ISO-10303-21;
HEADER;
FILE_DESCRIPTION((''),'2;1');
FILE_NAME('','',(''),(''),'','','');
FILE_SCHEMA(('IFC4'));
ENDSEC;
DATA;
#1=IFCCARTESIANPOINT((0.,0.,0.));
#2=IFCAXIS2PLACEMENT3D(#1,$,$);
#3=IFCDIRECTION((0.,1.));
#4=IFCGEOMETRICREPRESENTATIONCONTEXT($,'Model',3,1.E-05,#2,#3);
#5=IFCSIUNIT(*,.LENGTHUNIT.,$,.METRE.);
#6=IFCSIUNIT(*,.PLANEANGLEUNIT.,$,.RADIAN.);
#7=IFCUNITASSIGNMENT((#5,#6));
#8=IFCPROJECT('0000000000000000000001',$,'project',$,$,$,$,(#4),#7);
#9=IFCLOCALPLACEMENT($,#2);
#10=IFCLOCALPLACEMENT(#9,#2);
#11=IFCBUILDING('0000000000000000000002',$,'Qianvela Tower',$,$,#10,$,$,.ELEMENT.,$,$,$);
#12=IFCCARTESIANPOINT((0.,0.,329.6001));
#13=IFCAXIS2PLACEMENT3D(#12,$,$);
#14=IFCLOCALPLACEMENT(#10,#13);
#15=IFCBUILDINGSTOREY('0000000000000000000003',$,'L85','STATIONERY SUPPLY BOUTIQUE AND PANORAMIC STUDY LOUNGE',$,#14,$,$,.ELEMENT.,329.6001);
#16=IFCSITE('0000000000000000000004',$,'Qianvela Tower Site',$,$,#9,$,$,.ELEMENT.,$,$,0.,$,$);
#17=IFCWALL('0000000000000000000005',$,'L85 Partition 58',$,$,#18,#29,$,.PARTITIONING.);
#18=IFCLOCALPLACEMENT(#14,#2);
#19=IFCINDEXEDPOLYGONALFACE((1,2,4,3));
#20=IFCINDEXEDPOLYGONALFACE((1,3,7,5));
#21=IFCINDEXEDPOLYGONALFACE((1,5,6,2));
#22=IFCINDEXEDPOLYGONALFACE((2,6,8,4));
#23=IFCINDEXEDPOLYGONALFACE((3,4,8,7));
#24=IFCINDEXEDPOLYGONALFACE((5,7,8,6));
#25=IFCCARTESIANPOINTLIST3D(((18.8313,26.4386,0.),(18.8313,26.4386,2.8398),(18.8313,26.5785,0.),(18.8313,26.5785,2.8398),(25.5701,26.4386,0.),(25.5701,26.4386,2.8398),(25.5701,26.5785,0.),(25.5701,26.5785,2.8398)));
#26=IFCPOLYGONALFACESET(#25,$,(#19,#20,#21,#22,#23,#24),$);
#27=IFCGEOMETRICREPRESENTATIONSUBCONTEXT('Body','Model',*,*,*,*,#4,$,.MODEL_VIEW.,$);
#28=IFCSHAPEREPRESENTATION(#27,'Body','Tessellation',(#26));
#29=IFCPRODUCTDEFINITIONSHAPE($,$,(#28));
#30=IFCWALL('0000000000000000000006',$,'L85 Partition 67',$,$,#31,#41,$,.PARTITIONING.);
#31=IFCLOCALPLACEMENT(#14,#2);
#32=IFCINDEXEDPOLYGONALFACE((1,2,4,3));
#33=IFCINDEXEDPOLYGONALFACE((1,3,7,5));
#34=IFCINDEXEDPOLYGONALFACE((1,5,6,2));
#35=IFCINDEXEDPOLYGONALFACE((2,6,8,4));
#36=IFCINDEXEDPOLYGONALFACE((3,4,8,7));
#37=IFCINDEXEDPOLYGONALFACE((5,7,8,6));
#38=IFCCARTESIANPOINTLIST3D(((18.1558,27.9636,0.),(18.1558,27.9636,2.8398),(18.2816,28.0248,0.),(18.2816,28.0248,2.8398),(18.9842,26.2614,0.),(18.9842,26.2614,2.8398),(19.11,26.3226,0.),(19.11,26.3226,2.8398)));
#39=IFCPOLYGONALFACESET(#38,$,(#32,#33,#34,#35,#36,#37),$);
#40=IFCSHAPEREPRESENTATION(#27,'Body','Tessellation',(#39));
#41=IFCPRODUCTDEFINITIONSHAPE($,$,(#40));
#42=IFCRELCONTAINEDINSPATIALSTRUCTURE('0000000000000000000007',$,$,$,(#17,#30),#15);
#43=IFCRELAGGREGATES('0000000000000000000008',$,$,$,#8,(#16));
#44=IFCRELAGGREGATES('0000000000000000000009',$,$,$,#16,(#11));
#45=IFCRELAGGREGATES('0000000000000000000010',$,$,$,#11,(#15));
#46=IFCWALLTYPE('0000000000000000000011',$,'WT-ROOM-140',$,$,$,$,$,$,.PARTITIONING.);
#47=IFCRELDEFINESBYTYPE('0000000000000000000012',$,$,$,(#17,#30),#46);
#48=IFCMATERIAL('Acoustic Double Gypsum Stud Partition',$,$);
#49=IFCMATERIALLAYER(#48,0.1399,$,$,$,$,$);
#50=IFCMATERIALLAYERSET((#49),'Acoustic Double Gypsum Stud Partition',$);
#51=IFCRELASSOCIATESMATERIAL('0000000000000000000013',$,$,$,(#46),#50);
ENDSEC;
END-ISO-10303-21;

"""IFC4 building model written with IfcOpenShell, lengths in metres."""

from ifc_helpers import new_model, si_unit, direction, frame, frame_2d, origin, place, context, subcontext, project, spatial, rectangle, extrude, material, layer, layer_set, type_object, element, save


model = new_model("IFC4")

# Units and contexts
model_context = context("Model", 3, precision=1e-05, world=origin(), true_north=direction((0.0, 1.0)))
body_context = subcontext(model_context, "Body", "Model", "MODEL_VIEW")
ifc_project = project(units=[si_unit("LENGTHUNIT", "METRE"), si_unit("PLANEANGLEUNIT", "RADIAN")], contexts=[model_context])

# Site, building, storey
site_placement = place(None, origin())
site = spatial("IfcSite", under=ifc_project, at=site_placement, Name="Qianvela Tower Site", CompositionType="ELEMENT", RefElevation=0.0)
building_placement = place(site_placement, origin())
building = spatial("IfcBuilding", under=site, at=building_placement, Name="Qianvela Tower", CompositionType="ELEMENT")
storey_placement = place(building_placement, frame((0.0, 0.0, 329.6001)))
storey = spatial("IfcBuildingStorey", under=building, at=storey_placement, Name="L85", Description="STATIONERY SUPPLY BOUTIQUE AND PANORAMIC STUDY LOUNGE", CompositionType="ELEMENT", Elevation=329.6001)

# Walls
ifc_material_1 = material(Name="Acoustic Double Gypsum Stud Partition")
ifc_layer_1 = layer(ifc_material_1, 0.1399)
ifc_layer_set_1 = layer_set([ifc_layer_1], Name="Acoustic Double Gypsum Stud Partition")
wall_type_1 = type_object("IfcWallType", Name="WT-ROOM-140", PredefinedType="PARTITIONING", material=ifc_layer_set_1)
wall_1_placement = place(storey_placement, frame((18.8313, 26.5085, 0.0), z_axis=(0.0, 0.0, 1.0), x_axis=(1.0, 0.0, 0.0)))
element("IfcWall", 1, at=wall_1_placement, inside=storey, type_object=wall_type_1, Name="L85 Partition 58", PredefinedType="PARTITIONING", context=body_context, shape_type="SweptSolid", body=[
    extrude(rectangle(XDim=6.7388, YDim=0.1399, at=frame_2d((3.3694, 0.0))), origin(), (0.0, 0.0, 1.0), 2.8398),
])
wall_2_placement = place(storey_placement, frame((19.0471, 26.292, 0.0), z_axis=(0.0, 0.0, 1.0), x_axis=(-0.437593, 0.899173, 0.0)))
element("IfcWall", 2, at=wall_2_placement, inside=storey, type_object=wall_type_1, Name="L85 Partition 67", PredefinedType="PARTITIONING", context=body_context, shape_type="SweptSolid", body=[
    extrude(rectangle(XDim=1.8931, YDim=0.1399, at=frame_2d((0.9465, 0.0))), origin(), (0.0, 0.0, 1.0), 2.8398),
])

save(model, "model.ifc")
